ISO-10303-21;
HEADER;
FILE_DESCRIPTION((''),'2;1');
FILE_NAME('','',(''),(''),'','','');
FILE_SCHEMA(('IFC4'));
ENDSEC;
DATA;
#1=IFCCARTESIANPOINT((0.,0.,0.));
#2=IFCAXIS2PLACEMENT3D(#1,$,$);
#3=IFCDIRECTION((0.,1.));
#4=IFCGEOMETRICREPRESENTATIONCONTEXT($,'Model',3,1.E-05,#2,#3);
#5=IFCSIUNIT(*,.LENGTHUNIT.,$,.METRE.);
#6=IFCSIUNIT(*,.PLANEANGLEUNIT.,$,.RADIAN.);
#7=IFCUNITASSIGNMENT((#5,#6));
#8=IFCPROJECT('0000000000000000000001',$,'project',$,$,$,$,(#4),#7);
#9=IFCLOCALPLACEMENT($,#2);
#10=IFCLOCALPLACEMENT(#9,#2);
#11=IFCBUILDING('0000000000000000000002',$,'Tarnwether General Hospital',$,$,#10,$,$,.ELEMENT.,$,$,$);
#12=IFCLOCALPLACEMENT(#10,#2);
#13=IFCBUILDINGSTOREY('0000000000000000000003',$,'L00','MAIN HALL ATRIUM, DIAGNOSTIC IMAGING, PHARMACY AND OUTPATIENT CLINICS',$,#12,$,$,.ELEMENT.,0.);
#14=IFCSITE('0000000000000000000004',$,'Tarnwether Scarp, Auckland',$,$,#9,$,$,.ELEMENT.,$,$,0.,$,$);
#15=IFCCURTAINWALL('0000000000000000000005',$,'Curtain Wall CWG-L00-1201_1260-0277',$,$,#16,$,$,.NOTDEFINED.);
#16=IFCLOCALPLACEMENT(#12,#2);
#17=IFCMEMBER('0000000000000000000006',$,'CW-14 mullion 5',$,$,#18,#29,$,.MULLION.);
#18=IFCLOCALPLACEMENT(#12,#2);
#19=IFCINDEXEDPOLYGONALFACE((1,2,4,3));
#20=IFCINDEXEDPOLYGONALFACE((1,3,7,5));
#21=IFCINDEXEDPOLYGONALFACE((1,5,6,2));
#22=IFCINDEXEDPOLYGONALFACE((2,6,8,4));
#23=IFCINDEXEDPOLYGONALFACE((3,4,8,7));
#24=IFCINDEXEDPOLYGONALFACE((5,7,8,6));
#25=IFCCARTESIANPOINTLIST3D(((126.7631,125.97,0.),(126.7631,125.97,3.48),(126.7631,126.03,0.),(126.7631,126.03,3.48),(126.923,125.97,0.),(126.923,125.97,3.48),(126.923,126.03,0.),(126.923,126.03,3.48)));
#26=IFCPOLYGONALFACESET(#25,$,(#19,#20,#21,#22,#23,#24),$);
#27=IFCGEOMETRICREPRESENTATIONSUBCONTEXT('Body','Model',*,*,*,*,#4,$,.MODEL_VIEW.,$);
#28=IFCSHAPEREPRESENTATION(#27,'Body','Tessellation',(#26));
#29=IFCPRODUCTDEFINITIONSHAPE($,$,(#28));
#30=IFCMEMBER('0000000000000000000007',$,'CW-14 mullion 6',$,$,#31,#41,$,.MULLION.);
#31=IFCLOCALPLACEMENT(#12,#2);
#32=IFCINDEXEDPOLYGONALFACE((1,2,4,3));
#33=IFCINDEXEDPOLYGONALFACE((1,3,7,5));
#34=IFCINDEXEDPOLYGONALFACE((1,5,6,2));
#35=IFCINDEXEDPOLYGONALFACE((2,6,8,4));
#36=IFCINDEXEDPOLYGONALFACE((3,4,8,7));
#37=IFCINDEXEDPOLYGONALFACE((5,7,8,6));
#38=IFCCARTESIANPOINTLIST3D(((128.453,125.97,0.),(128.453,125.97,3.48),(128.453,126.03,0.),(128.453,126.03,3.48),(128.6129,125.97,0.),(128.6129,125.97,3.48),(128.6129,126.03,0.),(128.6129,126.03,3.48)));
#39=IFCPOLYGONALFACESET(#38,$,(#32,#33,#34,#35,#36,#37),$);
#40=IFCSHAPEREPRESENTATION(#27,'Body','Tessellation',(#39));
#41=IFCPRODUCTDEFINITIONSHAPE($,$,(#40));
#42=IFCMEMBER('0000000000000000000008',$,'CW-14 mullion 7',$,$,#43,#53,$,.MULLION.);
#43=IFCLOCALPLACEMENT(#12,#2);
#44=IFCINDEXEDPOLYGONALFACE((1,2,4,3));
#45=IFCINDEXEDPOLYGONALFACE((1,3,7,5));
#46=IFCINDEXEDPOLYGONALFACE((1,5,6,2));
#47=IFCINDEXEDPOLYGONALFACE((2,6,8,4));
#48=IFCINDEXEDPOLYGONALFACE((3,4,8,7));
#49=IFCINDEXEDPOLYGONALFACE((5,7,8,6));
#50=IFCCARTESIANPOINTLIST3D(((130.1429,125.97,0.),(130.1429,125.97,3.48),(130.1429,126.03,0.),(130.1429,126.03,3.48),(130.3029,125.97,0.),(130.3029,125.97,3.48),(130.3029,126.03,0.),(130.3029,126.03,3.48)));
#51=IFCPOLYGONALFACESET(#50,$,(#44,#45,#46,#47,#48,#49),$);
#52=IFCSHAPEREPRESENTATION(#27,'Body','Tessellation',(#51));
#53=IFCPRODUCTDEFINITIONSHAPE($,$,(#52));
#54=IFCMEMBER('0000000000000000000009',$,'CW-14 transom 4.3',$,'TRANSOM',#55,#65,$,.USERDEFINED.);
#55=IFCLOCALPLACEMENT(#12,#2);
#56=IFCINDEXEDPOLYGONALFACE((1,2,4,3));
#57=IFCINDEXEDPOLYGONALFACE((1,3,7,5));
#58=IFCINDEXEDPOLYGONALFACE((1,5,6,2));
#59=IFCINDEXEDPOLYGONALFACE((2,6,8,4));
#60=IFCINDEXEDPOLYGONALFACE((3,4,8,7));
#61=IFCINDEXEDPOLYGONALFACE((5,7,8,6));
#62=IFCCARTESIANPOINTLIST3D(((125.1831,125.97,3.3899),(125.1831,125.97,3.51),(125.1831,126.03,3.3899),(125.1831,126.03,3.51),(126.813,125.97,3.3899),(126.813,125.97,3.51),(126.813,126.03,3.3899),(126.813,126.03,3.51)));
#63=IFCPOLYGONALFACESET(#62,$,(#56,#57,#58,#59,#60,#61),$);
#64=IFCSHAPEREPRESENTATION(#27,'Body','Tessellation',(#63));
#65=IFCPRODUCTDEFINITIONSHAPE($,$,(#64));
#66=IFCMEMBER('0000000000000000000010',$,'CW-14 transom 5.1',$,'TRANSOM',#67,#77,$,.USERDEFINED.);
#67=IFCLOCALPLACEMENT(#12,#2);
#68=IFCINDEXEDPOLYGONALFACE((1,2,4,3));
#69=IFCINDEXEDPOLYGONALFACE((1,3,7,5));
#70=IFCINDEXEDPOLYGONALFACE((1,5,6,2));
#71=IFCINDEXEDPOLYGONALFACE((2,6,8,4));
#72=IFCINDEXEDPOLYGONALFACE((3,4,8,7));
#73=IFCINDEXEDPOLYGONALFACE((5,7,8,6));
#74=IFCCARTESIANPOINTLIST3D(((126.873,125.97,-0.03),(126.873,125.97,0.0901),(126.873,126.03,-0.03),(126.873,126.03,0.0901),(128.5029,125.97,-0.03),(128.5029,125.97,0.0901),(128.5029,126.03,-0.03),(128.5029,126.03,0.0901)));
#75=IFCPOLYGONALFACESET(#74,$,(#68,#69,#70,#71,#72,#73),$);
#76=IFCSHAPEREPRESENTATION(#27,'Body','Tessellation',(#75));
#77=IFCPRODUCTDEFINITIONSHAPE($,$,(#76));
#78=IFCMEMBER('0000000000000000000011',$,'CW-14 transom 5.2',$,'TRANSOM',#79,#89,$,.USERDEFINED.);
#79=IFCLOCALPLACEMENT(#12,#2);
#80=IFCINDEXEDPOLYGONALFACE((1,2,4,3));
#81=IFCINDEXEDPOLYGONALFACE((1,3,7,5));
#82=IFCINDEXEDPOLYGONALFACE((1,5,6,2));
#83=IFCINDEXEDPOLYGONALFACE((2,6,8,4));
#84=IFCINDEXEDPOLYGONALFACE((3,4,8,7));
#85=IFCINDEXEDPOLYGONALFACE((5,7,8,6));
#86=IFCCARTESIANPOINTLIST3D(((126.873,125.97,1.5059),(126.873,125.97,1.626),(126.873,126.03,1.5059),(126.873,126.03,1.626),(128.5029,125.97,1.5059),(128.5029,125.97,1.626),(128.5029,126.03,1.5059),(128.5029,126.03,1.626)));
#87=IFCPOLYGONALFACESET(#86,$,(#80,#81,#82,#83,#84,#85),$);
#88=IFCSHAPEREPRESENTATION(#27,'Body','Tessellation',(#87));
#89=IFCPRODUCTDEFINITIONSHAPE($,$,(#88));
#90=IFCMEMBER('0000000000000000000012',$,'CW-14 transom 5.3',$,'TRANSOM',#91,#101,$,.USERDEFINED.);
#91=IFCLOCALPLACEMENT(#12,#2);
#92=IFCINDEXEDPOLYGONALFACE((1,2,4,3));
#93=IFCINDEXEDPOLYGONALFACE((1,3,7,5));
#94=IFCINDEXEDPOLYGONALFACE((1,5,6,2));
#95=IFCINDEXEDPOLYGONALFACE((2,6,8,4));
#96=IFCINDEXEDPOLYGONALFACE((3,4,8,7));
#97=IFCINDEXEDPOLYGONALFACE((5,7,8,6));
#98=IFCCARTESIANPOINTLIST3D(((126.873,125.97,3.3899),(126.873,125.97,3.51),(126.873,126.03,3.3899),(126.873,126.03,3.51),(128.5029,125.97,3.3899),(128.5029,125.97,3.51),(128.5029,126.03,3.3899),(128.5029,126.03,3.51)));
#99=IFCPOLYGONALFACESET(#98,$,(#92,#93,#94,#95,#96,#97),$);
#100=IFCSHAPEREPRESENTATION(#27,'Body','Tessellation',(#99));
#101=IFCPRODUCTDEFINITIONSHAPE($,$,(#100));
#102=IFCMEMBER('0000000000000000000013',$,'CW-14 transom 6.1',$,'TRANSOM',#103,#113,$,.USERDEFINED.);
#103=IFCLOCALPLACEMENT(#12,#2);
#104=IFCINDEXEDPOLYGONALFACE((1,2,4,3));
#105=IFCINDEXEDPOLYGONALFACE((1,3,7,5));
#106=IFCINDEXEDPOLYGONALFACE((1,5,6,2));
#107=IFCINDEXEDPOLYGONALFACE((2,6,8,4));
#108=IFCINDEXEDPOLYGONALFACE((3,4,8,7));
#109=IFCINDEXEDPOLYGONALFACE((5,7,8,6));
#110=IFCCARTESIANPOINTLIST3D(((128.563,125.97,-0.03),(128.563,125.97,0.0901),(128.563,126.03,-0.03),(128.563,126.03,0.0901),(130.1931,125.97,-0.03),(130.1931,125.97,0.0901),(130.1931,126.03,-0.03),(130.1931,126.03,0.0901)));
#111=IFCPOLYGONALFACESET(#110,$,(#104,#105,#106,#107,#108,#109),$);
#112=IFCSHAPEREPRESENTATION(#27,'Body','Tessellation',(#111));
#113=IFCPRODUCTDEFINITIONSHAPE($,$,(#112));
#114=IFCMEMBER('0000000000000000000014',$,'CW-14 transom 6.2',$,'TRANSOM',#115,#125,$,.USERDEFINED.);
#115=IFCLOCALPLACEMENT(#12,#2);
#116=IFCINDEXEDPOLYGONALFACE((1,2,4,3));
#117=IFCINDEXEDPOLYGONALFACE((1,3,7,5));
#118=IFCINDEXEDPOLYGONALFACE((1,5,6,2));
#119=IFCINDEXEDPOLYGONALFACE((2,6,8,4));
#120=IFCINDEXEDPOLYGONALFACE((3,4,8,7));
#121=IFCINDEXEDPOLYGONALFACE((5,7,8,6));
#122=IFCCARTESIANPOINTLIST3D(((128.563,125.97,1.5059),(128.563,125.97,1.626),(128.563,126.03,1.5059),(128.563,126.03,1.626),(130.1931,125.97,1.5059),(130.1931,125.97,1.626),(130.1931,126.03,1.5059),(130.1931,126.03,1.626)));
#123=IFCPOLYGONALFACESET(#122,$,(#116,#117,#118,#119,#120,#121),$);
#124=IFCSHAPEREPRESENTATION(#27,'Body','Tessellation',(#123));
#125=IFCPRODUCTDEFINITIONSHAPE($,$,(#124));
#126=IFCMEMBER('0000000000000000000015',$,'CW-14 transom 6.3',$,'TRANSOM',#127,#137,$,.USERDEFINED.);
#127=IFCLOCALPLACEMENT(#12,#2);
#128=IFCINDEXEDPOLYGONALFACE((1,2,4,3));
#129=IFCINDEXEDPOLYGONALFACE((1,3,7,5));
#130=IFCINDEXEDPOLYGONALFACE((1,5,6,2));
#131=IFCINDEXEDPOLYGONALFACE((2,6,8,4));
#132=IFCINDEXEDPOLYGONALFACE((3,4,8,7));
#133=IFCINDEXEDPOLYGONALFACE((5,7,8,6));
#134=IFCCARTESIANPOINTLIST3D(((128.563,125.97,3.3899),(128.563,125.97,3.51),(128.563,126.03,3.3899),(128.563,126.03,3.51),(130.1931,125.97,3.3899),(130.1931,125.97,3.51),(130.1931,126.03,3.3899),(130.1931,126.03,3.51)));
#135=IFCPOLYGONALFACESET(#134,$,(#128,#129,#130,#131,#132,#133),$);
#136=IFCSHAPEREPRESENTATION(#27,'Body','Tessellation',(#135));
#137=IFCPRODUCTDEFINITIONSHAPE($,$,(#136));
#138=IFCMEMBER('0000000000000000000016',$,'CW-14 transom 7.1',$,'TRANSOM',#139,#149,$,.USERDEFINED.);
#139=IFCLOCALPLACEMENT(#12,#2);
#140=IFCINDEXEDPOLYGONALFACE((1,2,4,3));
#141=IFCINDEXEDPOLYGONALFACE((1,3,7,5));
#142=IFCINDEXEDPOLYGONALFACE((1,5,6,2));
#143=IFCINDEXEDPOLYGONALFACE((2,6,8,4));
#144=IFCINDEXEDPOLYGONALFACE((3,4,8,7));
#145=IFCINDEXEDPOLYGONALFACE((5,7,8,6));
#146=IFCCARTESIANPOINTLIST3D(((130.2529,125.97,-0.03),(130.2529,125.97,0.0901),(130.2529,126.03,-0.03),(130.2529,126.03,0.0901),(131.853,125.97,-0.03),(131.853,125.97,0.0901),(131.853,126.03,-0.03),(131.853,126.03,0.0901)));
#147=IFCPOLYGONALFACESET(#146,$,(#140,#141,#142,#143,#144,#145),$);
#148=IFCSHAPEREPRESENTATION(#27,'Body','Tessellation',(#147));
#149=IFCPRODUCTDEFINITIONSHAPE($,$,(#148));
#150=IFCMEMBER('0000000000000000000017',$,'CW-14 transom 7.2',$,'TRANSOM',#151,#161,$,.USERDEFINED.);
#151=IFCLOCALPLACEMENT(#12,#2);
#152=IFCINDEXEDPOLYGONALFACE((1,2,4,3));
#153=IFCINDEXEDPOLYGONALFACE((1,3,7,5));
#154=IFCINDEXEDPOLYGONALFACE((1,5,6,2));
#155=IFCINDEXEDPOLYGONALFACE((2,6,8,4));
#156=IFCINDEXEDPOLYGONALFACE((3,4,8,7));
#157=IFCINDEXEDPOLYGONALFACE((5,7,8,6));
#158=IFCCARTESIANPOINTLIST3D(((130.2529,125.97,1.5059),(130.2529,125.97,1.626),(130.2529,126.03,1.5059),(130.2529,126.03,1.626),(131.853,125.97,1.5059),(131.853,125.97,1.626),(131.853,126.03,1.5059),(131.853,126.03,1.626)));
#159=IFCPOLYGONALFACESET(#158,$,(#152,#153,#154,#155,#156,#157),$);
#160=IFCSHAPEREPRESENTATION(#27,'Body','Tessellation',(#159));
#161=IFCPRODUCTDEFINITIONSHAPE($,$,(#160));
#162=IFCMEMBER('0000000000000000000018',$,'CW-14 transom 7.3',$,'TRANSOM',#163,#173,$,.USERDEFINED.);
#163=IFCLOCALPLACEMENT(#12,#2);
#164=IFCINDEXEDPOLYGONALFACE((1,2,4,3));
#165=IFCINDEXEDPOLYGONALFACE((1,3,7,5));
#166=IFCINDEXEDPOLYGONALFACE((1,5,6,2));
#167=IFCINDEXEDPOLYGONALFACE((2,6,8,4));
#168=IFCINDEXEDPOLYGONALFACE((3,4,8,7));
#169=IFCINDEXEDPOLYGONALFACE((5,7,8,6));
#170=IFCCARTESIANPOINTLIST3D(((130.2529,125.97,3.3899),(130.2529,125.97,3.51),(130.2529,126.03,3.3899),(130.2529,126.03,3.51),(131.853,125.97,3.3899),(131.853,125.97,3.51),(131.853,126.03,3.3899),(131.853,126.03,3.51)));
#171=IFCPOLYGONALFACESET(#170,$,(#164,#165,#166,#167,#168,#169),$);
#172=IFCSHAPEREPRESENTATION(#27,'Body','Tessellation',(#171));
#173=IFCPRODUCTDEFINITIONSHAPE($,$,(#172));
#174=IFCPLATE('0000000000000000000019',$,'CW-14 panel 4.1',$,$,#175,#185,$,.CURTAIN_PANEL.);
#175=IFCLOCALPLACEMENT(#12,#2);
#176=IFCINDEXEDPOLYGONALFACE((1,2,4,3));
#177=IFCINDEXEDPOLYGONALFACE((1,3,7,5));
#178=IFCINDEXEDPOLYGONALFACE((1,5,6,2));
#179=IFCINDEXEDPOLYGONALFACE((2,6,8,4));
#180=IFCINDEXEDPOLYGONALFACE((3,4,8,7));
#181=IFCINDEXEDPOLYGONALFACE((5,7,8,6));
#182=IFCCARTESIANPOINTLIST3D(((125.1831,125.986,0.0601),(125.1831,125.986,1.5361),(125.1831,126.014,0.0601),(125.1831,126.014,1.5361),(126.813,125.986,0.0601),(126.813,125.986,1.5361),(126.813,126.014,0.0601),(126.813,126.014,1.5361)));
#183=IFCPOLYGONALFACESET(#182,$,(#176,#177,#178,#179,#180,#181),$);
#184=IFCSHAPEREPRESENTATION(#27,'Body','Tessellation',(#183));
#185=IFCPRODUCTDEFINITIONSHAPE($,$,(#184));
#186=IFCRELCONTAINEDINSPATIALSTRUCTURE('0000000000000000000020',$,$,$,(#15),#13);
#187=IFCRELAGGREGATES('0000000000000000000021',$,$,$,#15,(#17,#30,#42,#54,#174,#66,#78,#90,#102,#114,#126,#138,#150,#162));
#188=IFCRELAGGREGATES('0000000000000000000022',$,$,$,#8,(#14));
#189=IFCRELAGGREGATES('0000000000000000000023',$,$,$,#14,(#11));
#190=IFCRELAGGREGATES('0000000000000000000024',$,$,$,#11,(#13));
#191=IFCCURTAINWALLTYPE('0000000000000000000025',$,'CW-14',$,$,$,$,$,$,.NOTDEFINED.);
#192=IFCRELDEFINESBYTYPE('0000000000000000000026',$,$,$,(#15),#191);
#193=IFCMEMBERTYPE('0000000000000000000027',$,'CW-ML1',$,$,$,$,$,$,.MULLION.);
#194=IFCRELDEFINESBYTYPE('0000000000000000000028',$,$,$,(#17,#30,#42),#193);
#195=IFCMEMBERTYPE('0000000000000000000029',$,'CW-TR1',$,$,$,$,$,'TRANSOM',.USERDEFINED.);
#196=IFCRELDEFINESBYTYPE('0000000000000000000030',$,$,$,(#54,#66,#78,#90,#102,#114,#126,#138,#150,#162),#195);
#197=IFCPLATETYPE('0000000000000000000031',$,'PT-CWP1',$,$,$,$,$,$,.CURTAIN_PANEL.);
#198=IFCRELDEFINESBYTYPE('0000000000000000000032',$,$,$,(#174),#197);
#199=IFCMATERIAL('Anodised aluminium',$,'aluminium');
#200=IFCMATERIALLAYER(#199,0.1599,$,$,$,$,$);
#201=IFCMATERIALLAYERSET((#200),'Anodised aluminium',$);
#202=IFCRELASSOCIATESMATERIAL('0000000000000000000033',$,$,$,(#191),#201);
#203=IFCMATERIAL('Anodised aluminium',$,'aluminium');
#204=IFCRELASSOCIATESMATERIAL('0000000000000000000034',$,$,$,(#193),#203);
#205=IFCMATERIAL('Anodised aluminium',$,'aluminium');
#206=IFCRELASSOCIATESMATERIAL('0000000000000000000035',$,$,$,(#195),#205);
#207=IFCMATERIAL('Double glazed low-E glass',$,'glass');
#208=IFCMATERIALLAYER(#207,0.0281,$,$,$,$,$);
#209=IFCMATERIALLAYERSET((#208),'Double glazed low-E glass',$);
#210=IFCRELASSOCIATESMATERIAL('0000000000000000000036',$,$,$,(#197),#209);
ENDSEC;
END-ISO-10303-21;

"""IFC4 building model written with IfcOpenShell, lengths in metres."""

from ifc_helpers import new_model, si_unit, direction, frame, origin, origin_2d, place, context, subcontext, project, spatial, rectangle, extrude, material, layer, layer_set, material_profile, profile_set, type_object, element, aggregate, save


model = new_model("IFC4")

# Units and contexts
model_context = context("Model", 3, precision=1e-05, world=origin(), true_north=direction((0.0, 1.0)))
body_context = subcontext(model_context, "Body", "Model", "MODEL_VIEW")
ifc_project = project(units=[si_unit("LENGTHUNIT", "METRE"), si_unit("PLANEANGLEUNIT", "RADIAN")], contexts=[model_context])

# Site, building, storey
site_placement = place(None, origin())
site = spatial("IfcSite", under=ifc_project, at=site_placement, Name="Tarnwether Scarp, Auckland", CompositionType="ELEMENT", RefElevation=0.0)
building_placement = place(site_placement, origin())
building = spatial("IfcBuilding", under=site, at=building_placement, Name="Tarnwether General Hospital", CompositionType="ELEMENT")
storey_placement = place(building_placement, origin())
storey = spatial("IfcBuildingStorey", under=building, at=storey_placement, Name="L00", Description="MAIN HALL ATRIUM, DIAGNOSTIC IMAGING, PHARMACY AND OUTPATIENT CLINICS", CompositionType="ELEMENT", Elevation=0.0)

# Curtain wall, members, plate
ifc_material_1 = material(Name="Anodised aluminium", Category="aluminium")
ifc_layer_1 = layer(ifc_material_1, 0.1599)
ifc_layer_set_1 = layer_set([ifc_layer_1], Name="Anodised aluminium")
curtain_wall_type = type_object("IfcCurtainWallType", Name="CW-14", PredefinedType="NOTDEFINED", material=ifc_layer_set_1)
curtain_wall_placement = place(storey_placement, origin())
curtain_wall = element("IfcCurtainWall", 1, at=curtain_wall_placement, inside=storey, type_object=curtain_wall_type, Name="Curtain Wall CWG-L00-1201_1260-0277", PredefinedType="NOTDEFINED")
ifc_material_2 = material(Name="Anodised aluminium", Category="aluminium")
ifc_material_profile_1 = material_profile(ifc_material_2, rectangle(XDim=0.0601, YDim=0.1599, at=origin_2d()), Name="ALU-MUL-60x160")
ifc_profile_set_1 = profile_set([ifc_material_profile_1], Name="Anodised aluminium")
member_type_1 = type_object("IfcMemberType", Name="CW-ML1", PredefinedType="MULLION", material=ifc_profile_set_1)
member_1_placement = place(storey_placement, frame((126.843, 126.0, 0.0), z_axis=(0.0, 0.0, 1.0), x_axis=(0.0, 1.0, 0.0)))
member_1 = element("IfcMember", 2, at=member_1_placement, type_object=member_type_1, Name="CW-14 mullion 5", PredefinedType="MULLION", context=body_context, shape_type="SweptSolid", body=[
    extrude(rectangle(XDim=0.0601, YDim=0.1599, at=origin_2d()), origin(), (0.0, 0.0, 1.0), 3.48),
])
member_2_placement = place(storey_placement, frame((128.533, 126.0, 0.0), z_axis=(0.0, 0.0, 1.0), x_axis=(0.0, 1.0, 0.0)))
member_2 = element("IfcMember", 3, at=member_2_placement, type_object=member_type_1, Name="CW-14 mullion 6", PredefinedType="MULLION", context=body_context, shape_type="SweptSolid", body=[
    extrude(rectangle(XDim=0.0601, YDim=0.1599, at=origin_2d()), origin(), (0.0, 0.0, 1.0), 3.48),
])
member_3_placement = place(storey_placement, frame((130.2229, 126.0, 0.0), z_axis=(0.0, 0.0, 1.0), x_axis=(0.0, 1.0, 0.0)))
member_3 = element("IfcMember", 4, at=member_3_placement, type_object=member_type_1, Name="CW-14 mullion 7", PredefinedType="MULLION", context=body_context, shape_type="SweptSolid", body=[
    extrude(rectangle(XDim=0.0601, YDim=0.1599, at=origin_2d()), origin(), (0.0, 0.0, 1.0), 3.48),
])
ifc_material_3 = material(Name="Anodised aluminium", Category="aluminium")
ifc_material_profile_2 = material_profile(ifc_material_3, rectangle(XDim=0.0601, YDim=0.1201, at=origin_2d()), Name="ALU-TRN-60x120")
ifc_profile_set_2 = profile_set([ifc_material_profile_2], Name="Anodised aluminium")
member_type_2 = type_object("IfcMemberType", Name="CW-TR1", ElementType="TRANSOM", PredefinedType="USERDEFINED", material=ifc_profile_set_2)
member_4_placement = place(storey_placement, frame((125.1831, 126.0, 3.45), z_axis=(1.0, 0.0, 0.0), x_axis=(0.0, 1.0, 0.0)))
member_4 = element("IfcMember", 5, at=member_4_placement, type_object=member_type_2, Name="CW-14 transom 4.3", ObjectType="TRANSOM", PredefinedType="USERDEFINED", context=body_context, shape_type="SweptSolid", body=[
    extrude(rectangle(XDim=0.0601, YDim=0.1201, at=origin_2d()), origin(), (0.0, 0.0, 1.0), 1.6299),
])
member_5_placement = place(storey_placement, frame((126.873, 126.0, 0.03), z_axis=(1.0, 0.0, 0.0), x_axis=(0.0, 1.0, 0.0)))
member_5 = element("IfcMember", 6, at=member_5_placement, type_object=member_type_2, Name="CW-14 transom 5.1", ObjectType="TRANSOM", PredefinedType="USERDEFINED", context=body_context, shape_type="SweptSolid", body=[
    extrude(rectangle(XDim=0.0601, YDim=0.1201, at=origin_2d()), origin(), (0.0, 0.0, 1.0), 1.6299),
])
member_6_placement = place(storey_placement, frame((126.873, 126.0, 1.5659), z_axis=(1.0, 0.0, 0.0), x_axis=(0.0, 1.0, 0.0)))
member_6 = element("IfcMember", 7, at=member_6_placement, type_object=member_type_2, Name="CW-14 transom 5.2", ObjectType="TRANSOM", PredefinedType="USERDEFINED", context=body_context, shape_type="SweptSolid", body=[
    extrude(rectangle(XDim=0.0601, YDim=0.1201, at=origin_2d()), origin(), (0.0, 0.0, 1.0), 1.6299),
])
member_7_placement = place(storey_placement, frame((126.873, 126.0, 3.45), z_axis=(1.0, 0.0, 0.0), x_axis=(0.0, 1.0, 0.0)))
member_7 = element("IfcMember", 8, at=member_7_placement, type_object=member_type_2, Name="CW-14 transom 5.3", ObjectType="TRANSOM", PredefinedType="USERDEFINED", context=body_context, shape_type="SweptSolid", body=[
    extrude(rectangle(XDim=0.0601, YDim=0.1201, at=origin_2d()), origin(), (0.0, 0.0, 1.0), 1.6299),
])
member_8_placement = place(storey_placement, frame((128.563, 126.0, 0.03), z_axis=(1.0, 0.0, 0.0), x_axis=(0.0, 1.0, 0.0)))
member_8 = element("IfcMember", 9, at=member_8_placement, type_object=member_type_2, Name="CW-14 transom 6.1", ObjectType="TRANSOM", PredefinedType="USERDEFINED", context=body_context, shape_type="SweptSolid", body=[
    extrude(rectangle(XDim=0.0601, YDim=0.1201, at=origin_2d()), origin(), (0.0, 0.0, 1.0), 1.6301),
])
member_9_placement = place(storey_placement, frame((128.563, 126.0, 1.5659), z_axis=(1.0, 0.0, 0.0), x_axis=(0.0, 1.0, 0.0)))
member_9 = element("IfcMember", 10, at=member_9_placement, type_object=member_type_2, Name="CW-14 transom 6.2", ObjectType="TRANSOM", PredefinedType="USERDEFINED", context=body_context, shape_type="SweptSolid", body=[
    extrude(rectangle(XDim=0.0601, YDim=0.1201, at=origin_2d()), origin(), (0.0, 0.0, 1.0), 1.6301),
])
member_10_placement = place(storey_placement, frame((128.563, 126.0, 3.45), z_axis=(1.0, 0.0, 0.0), x_axis=(0.0, 1.0, 0.0)))
member_10 = element("IfcMember", 11, at=member_10_placement, type_object=member_type_2, Name="CW-14 transom 6.3", ObjectType="TRANSOM", PredefinedType="USERDEFINED", context=body_context, shape_type="SweptSolid", body=[
    extrude(rectangle(XDim=0.0601, YDim=0.1201, at=origin_2d()), origin(), (0.0, 0.0, 1.0), 1.6301),
])
member_11_placement = place(storey_placement, frame((130.2529, 126.0, 0.03), z_axis=(1.0, 0.0, 0.0), x_axis=(0.0, 1.0, 0.0)))
member_11 = element("IfcMember", 12, at=member_11_placement, type_object=member_type_2, Name="CW-14 transom 7.1", ObjectType="TRANSOM", PredefinedType="USERDEFINED", context=body_context, shape_type="SweptSolid", body=[
    extrude(rectangle(XDim=0.0601, YDim=0.1201, at=origin_2d()), origin(), (0.0, 0.0, 1.0), 1.6001),
])
member_12_placement = place(storey_placement, frame((130.2529, 126.0, 1.5659), z_axis=(1.0, 0.0, 0.0), x_axis=(0.0, 1.0, 0.0)))
member_12 = element("IfcMember", 13, at=member_12_placement, type_object=member_type_2, Name="CW-14 transom 7.2", ObjectType="TRANSOM", PredefinedType="USERDEFINED", context=body_context, shape_type="SweptSolid", body=[
    extrude(rectangle(XDim=0.0601, YDim=0.1201, at=origin_2d()), origin(), (0.0, 0.0, 1.0), 1.6001),
])
member_13_placement = place(storey_placement, frame((130.2529, 126.0, 3.45), z_axis=(1.0, 0.0, 0.0), x_axis=(0.0, 1.0, 0.0)))
member_13 = element("IfcMember", 14, at=member_13_placement, type_object=member_type_2, Name="CW-14 transom 7.3", ObjectType="TRANSOM", PredefinedType="USERDEFINED", context=body_context, shape_type="SweptSolid", body=[
    extrude(rectangle(XDim=0.0601, YDim=0.1201, at=origin_2d()), origin(), (0.0, 0.0, 1.0), 1.6001),
])
ifc_material_4 = material(Name="Double glazed low-E glass", Category="glass")
ifc_layer_2 = layer(ifc_material_4, 0.0281)
ifc_layer_set_2 = layer_set([ifc_layer_2], Name="Double glazed low-E glass")
plate_type = type_object("IfcPlateType", Name="PT-CWP1", PredefinedType="CURTAIN_PANEL", material=ifc_layer_set_2)
plate_1_placement = place(storey_placement, frame((125.998, 126.0, 0.0601), z_axis=(0.0, 0.0, 1.0), x_axis=(1.0, 0.0, 0.0)))
plate_1 = element("IfcPlate", 15, at=plate_1_placement, type_object=plate_type, Name="CW-14 panel 4.1", PredefinedType="CURTAIN_PANEL", context=body_context, shape_type="SweptSolid", body=[
    extrude(rectangle(XDim=1.6299, YDim=0.0281, at=origin_2d()), origin(), (0.0, 0.0, 1.0), 1.4761),
])
aggregate(curtain_wall, [member_1, member_2, member_3, member_4, plate_1, member_5, member_6, member_7, member_8, member_9, member_10, member_11, member_12, member_13])

save(model, "model.ifc")
